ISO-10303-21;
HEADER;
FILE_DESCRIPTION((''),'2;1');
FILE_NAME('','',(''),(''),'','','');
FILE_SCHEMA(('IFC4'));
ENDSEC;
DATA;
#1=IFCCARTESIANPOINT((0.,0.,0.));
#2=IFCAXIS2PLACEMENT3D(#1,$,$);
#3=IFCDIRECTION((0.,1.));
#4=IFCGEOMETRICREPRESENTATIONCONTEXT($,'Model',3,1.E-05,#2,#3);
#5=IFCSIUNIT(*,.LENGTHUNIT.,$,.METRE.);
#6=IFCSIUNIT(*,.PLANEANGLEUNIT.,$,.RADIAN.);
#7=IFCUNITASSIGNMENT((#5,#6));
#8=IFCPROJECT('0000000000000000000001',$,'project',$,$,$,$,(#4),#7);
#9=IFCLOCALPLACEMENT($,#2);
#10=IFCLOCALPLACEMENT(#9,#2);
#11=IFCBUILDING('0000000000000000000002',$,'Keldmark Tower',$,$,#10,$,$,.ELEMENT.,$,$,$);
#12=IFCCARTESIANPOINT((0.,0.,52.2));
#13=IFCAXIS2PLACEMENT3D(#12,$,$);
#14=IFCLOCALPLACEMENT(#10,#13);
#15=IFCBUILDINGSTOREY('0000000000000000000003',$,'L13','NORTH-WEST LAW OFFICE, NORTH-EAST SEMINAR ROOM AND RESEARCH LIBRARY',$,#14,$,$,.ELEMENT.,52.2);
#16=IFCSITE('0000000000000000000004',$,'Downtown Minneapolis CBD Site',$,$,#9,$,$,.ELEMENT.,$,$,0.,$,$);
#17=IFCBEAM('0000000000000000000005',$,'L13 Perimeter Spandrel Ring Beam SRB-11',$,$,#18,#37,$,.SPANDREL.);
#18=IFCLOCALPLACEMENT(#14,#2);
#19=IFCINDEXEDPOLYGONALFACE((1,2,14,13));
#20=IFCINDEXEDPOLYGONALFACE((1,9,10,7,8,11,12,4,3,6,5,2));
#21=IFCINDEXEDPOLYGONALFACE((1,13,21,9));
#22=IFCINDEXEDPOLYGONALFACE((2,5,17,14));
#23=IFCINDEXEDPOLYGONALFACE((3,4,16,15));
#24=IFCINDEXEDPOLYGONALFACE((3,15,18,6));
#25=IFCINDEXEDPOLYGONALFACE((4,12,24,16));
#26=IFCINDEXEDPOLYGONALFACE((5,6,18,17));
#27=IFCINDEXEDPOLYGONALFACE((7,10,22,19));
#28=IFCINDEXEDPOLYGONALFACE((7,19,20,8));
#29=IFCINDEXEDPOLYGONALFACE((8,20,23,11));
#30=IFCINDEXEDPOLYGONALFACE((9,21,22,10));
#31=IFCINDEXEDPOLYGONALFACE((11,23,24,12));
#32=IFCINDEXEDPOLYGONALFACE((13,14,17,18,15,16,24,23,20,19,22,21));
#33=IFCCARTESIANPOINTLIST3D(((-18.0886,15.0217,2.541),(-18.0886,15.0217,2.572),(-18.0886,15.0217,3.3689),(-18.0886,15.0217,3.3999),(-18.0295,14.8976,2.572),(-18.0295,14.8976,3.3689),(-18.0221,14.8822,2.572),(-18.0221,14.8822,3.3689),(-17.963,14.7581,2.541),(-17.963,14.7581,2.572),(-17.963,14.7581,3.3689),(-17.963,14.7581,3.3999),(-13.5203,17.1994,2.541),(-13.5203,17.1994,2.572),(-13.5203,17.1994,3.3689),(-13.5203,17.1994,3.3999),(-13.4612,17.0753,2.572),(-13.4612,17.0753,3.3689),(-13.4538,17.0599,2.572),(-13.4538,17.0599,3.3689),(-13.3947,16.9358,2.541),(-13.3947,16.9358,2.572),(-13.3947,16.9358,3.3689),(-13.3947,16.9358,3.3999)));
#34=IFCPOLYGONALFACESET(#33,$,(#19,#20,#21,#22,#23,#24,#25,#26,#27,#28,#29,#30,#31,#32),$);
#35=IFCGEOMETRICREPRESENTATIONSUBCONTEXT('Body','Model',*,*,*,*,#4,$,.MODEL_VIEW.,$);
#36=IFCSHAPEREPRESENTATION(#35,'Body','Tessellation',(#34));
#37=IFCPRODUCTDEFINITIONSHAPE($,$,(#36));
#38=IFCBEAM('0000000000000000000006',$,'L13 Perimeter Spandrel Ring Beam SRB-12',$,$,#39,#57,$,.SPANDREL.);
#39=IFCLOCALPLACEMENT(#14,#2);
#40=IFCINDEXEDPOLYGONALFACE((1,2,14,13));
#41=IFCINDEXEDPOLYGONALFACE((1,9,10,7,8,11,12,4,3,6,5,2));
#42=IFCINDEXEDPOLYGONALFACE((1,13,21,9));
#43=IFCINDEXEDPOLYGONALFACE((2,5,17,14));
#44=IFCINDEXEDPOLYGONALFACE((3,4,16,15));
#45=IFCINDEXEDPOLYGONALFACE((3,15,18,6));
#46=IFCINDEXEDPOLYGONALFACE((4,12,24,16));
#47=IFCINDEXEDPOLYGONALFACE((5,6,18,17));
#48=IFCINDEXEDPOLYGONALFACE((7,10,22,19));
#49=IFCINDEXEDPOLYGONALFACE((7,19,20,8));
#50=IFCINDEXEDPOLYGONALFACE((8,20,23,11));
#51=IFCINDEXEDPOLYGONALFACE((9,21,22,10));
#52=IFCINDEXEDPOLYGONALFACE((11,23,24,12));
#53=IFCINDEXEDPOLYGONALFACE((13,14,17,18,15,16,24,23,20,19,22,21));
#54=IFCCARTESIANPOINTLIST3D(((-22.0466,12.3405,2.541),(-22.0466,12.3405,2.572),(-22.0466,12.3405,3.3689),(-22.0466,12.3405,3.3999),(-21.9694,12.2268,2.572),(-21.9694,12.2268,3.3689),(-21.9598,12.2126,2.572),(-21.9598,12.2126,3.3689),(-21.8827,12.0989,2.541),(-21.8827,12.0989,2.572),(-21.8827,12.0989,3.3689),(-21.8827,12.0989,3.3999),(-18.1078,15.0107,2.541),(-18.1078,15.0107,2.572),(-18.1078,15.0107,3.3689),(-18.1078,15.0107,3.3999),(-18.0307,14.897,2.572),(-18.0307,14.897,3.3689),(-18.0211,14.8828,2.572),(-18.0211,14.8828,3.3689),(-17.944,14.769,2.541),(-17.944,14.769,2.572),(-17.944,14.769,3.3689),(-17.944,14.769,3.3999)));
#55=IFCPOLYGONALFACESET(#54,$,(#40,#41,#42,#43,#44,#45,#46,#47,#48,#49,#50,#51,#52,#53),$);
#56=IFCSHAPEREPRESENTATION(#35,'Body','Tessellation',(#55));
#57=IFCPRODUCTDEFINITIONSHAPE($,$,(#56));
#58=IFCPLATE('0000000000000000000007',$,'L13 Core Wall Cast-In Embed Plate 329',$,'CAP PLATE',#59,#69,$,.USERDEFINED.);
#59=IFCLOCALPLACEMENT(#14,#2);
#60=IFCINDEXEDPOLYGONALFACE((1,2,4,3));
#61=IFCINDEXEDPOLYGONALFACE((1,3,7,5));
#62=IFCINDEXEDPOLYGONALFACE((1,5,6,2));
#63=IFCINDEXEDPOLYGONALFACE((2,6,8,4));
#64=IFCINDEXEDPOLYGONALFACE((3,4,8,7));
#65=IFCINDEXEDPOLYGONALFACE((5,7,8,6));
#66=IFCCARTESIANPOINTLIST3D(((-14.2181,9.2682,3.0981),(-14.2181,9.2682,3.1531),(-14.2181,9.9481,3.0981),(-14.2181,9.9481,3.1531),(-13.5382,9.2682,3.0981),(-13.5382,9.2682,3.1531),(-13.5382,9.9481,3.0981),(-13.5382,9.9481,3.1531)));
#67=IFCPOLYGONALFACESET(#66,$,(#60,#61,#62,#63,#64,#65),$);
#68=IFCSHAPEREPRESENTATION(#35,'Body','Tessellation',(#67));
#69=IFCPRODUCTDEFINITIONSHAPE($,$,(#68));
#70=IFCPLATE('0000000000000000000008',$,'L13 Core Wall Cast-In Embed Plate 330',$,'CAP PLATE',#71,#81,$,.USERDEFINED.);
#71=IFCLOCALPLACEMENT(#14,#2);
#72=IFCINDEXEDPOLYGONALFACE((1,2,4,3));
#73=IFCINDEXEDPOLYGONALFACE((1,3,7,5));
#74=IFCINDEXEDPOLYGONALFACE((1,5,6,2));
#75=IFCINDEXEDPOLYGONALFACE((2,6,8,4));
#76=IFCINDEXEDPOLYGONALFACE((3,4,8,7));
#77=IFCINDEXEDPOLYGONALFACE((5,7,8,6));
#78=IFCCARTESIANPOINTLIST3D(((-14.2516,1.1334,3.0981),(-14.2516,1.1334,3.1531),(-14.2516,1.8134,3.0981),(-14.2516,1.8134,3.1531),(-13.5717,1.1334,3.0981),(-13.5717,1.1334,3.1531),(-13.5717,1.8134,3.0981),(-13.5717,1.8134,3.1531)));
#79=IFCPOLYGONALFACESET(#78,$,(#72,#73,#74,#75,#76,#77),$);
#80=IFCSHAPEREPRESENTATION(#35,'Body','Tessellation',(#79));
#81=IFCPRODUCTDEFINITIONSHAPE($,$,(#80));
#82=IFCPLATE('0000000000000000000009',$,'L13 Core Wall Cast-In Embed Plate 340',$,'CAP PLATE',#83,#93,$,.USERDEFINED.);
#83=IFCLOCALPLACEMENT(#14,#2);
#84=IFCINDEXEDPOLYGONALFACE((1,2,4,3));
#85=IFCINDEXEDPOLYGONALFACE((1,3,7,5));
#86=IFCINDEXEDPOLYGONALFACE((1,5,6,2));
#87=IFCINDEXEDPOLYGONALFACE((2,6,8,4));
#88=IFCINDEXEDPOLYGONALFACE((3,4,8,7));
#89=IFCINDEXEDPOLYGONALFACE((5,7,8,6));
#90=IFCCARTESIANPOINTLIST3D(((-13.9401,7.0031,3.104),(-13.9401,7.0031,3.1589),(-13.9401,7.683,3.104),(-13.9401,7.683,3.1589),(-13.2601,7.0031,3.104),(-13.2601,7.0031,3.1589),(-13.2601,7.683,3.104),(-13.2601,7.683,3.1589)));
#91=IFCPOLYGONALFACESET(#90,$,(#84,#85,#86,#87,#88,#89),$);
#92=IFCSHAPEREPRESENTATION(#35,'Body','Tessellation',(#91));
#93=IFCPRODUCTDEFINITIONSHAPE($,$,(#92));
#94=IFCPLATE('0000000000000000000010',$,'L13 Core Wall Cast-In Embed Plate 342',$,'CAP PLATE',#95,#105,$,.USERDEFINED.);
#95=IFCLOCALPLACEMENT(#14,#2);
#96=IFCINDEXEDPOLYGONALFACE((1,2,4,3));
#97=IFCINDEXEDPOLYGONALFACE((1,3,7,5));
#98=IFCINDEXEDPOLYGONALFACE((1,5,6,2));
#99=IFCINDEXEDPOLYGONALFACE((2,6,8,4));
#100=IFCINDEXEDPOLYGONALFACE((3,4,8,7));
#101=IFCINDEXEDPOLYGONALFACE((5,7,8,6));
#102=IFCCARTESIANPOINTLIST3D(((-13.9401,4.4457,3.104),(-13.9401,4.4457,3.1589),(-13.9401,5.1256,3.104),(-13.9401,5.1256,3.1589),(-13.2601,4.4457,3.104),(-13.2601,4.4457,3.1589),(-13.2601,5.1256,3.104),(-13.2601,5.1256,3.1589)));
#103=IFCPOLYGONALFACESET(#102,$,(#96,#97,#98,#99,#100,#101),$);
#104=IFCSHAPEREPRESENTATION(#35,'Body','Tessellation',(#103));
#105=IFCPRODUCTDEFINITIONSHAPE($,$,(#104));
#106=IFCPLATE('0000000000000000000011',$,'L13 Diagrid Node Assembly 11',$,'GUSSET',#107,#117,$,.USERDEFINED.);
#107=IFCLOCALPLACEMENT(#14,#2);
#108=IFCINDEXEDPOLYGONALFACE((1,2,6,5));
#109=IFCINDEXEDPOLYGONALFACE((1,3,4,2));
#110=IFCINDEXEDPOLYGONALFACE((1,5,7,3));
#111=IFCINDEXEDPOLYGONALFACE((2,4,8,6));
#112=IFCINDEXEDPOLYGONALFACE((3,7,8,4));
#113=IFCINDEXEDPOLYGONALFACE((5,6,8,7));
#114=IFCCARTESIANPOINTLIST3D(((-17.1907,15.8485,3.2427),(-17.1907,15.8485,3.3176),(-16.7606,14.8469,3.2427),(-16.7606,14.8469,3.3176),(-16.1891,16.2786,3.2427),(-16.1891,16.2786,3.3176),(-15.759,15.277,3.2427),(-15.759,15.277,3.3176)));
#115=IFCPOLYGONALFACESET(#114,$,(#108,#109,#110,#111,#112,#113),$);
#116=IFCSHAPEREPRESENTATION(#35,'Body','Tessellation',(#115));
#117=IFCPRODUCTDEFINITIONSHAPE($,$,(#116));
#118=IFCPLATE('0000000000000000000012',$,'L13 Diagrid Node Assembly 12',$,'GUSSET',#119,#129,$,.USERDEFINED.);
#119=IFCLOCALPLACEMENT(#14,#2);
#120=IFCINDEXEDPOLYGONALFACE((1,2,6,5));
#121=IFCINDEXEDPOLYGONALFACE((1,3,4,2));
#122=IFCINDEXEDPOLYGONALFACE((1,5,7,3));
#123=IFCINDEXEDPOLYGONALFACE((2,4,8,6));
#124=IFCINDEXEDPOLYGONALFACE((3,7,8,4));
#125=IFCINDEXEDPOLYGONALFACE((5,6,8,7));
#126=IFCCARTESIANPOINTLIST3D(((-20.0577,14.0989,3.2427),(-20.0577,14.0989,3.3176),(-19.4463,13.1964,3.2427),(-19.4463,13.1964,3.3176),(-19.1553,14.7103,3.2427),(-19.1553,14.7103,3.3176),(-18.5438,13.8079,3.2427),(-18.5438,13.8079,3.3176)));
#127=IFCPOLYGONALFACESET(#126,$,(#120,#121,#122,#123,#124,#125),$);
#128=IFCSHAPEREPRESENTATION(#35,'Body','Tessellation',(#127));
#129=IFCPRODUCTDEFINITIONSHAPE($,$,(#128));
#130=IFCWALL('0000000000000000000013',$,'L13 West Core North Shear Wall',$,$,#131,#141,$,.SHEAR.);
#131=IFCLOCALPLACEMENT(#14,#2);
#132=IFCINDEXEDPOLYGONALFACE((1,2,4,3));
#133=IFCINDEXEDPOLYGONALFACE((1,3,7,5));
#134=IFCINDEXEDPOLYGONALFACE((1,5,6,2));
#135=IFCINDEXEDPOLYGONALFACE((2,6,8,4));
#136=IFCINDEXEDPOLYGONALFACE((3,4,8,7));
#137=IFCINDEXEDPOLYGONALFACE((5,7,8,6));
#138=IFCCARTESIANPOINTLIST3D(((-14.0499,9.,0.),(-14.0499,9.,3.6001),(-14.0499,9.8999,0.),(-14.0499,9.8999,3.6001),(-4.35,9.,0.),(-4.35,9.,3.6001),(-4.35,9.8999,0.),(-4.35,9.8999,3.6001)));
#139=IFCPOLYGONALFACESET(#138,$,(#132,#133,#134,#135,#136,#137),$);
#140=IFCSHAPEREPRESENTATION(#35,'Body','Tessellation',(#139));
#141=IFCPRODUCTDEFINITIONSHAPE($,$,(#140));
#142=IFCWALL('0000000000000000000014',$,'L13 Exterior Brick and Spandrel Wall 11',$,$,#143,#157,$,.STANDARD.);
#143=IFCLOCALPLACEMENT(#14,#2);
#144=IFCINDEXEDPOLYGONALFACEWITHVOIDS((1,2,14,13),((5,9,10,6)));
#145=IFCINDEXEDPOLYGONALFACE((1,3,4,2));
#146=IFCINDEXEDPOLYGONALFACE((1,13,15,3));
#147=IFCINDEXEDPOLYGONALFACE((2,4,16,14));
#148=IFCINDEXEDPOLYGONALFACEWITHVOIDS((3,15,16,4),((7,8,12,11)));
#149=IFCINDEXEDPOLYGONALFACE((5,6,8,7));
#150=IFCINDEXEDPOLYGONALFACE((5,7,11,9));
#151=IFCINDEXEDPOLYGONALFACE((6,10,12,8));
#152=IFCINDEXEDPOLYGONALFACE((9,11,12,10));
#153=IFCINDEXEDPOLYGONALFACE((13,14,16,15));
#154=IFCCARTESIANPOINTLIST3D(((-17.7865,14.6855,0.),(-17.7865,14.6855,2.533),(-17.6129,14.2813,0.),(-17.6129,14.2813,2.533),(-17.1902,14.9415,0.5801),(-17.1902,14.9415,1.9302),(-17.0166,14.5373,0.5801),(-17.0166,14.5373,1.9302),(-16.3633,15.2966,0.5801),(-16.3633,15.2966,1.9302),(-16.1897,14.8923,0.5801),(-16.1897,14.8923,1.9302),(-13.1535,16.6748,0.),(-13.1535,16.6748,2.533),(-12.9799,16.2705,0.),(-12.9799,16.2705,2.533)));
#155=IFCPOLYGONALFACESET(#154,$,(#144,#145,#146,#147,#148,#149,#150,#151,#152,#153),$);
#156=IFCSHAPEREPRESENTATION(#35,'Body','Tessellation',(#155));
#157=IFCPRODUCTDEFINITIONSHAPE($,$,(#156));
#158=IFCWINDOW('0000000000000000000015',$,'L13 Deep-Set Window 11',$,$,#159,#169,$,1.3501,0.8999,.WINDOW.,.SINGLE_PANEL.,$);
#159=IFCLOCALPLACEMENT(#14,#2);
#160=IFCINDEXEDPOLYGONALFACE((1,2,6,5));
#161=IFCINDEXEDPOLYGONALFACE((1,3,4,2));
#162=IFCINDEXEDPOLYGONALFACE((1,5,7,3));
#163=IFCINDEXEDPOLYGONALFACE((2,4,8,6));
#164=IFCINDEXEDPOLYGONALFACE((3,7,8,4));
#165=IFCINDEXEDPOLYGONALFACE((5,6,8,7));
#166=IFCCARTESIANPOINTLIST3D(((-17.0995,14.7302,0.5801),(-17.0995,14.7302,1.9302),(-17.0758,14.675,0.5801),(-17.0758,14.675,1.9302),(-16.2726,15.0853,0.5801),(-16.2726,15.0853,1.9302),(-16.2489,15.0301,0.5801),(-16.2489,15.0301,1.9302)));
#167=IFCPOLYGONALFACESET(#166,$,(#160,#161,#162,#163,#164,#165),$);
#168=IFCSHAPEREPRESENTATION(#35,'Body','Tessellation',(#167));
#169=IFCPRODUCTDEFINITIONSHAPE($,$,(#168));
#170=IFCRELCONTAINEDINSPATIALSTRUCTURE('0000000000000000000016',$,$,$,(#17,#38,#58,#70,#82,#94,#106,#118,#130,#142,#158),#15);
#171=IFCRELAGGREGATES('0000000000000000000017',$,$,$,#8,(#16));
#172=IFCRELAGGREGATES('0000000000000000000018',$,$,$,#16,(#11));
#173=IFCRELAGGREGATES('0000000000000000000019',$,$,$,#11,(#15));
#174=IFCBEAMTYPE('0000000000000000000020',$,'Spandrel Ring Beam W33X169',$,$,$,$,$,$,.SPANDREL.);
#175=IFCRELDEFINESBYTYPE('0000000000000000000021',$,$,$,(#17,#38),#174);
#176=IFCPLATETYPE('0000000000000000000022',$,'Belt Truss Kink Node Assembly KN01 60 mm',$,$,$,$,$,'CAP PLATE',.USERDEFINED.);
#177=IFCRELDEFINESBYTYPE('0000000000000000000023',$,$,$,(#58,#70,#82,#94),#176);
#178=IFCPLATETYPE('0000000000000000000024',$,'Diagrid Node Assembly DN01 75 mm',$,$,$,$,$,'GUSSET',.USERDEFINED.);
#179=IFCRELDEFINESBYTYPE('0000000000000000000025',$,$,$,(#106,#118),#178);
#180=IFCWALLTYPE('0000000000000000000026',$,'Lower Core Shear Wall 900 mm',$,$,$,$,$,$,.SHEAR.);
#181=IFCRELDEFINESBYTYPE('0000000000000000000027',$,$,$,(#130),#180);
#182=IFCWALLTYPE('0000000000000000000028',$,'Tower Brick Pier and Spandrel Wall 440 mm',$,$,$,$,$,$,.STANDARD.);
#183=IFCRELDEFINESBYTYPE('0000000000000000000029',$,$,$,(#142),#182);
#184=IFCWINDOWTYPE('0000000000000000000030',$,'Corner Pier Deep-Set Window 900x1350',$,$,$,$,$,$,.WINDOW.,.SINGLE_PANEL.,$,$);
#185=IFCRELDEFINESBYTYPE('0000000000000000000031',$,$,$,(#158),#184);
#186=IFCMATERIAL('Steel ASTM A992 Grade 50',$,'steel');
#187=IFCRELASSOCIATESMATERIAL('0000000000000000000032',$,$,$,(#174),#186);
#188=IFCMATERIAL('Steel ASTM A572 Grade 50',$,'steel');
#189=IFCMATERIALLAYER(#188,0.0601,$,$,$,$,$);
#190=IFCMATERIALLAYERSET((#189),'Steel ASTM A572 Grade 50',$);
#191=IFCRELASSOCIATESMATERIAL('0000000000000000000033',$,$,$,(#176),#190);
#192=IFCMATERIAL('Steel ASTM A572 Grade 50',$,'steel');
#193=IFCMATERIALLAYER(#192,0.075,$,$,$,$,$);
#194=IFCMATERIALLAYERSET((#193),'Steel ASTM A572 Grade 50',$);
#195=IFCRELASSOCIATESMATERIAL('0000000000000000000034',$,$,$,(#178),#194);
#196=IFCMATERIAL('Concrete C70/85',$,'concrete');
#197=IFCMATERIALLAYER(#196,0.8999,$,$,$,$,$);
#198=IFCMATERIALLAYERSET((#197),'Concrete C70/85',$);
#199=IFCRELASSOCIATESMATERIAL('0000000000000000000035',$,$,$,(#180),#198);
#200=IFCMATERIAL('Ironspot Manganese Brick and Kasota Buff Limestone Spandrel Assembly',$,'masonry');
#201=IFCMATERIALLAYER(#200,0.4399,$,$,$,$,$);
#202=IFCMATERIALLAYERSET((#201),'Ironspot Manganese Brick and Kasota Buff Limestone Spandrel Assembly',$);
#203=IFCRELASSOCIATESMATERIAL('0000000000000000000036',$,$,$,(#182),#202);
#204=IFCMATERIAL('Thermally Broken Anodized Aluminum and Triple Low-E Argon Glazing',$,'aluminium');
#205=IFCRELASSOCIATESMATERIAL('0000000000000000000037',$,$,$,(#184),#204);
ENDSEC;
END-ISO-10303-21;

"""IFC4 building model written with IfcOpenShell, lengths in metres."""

from ifc_helpers import new_model, si_unit, direction, frame, frame_2d, origin, origin_2d, place, context, subcontext, project, spatial, rectangle, i_section, extrude, material, layer, layer_set, material_profile, profile_set, type_object, element, fill, save


model = new_model("IFC4")

# Units and contexts
model_context = context("Model", 3, precision=1e-05, world=origin(), true_north=direction((0.0, 1.0)))
body_context = subcontext(model_context, "Body", "Model", "MODEL_VIEW")
ifc_project = project(units=[si_unit("LENGTHUNIT", "METRE"), si_unit("PLANEANGLEUNIT", "RADIAN")], contexts=[model_context])

# Site, building, storey
site_placement = place(None, origin())
site = spatial("IfcSite", under=ifc_project, at=site_placement, Name="Downtown Minneapolis CBD Site", CompositionType="ELEMENT", RefElevation=0.0)
building_placement = place(site_placement, origin())
building = spatial("IfcBuilding", under=site, at=building_placement, Name="Keldmark Tower", CompositionType="ELEMENT")
storey_placement = place(building_placement, frame((0.0, 0.0, 52.2)))
storey = spatial("IfcBuildingStorey", under=building, at=storey_placement, Name="L13", Description="NORTH-WEST LAW OFFICE, NORTH-EAST SEMINAR ROOM AND RESEARCH LIBRARY", CompositionType="ELEMENT", Elevation=52.2)

# Beams
ifc_material_1 = material(Name="Steel ASTM A992 Grade 50", Category="steel")
ifc_material_profile_1 = material_profile(ifc_material_1, i_section(OverallWidth=0.292, OverallDepth=0.8589, WebThickness=0.0171, FlangeThickness=0.031, at=origin_2d()), Name="W33X169")
ifc_profile_set_1 = profile_set([ifc_material_profile_1], Name="Steel ASTM A992 Grade 50")
beam_type_1 = type_object("IfcBeamType", Name="Spandrel Ring Beam W33X169", PredefinedType="SPANDREL", material=ifc_profile_set_1)
beam_1_placement = place(storey_placement, frame((-13.4575, 17.0676, 2.9705), z_axis=(-0.902682, -0.430308, 0.0), x_axis=(0.430308, -0.902682, 0.0)))
element("IfcBeam", 1, at=beam_1_placement, inside=storey, type_object=beam_type_1, Name="L13 Perimeter Spandrel Ring Beam SRB-11", PredefinedType="SPANDREL", context=body_context, shape_type="SweptSolid", body=[
    extrude(i_section(OverallWidth=0.292, OverallDepth=0.8589, WebThickness=0.0171, FlangeThickness=0.031, at=origin_2d()), origin(), (0.0, 0.0, 1.0), 5.0608),
])
beam_2_placement = place(storey_placement, frame((-18.0259, 14.8899, 2.9705), z_axis=(-0.827723, -0.561136, 0.0), x_axis=(0.561136, -0.827723, 0.0)))
element("IfcBeam", 2, at=beam_2_placement, inside=storey, type_object=beam_type_1, Name="L13 Perimeter Spandrel Ring Beam SRB-12", PredefinedType="SPANDREL", context=body_context, shape_type="SweptSolid", body=[
    extrude(i_section(OverallWidth=0.292, OverallDepth=0.8589, WebThickness=0.0171, FlangeThickness=0.031, at=origin_2d()), origin(), (0.0, 0.0, 1.0), 4.7585),
])

# Plates
ifc_material_2 = material(Name="Steel ASTM A572 Grade 50", Category="steel")
ifc_layer_1 = layer(ifc_material_2, 0.0601)
ifc_layer_set_1 = layer_set([ifc_layer_1], Name="Steel ASTM A572 Grade 50")
plate_type_1 = type_object("IfcPlateType", Name="Belt Truss Kink Node Assembly KN01 60 mm", ElementType="CAP PLATE", PredefinedType="USERDEFINED", material=ifc_layer_set_1)
for number, where, z_axis, x_axis, name in (
    (3, (-13.8782, 9.6082, 3.0981), (0.0, 0.0, 1.0), (1.0, 0.0, 0.0), "L13 Core Wall Cast-In Embed Plate 329"),
    (4, (-13.9116, 1.4734, 3.0981), (0.0, 0.0, 1.0), (1.0, 0.0, 0.0), "L13 Core Wall Cast-In Embed Plate 330"),
    (5, (-13.6001, 7.343, 3.104), (0.0, 0.0, 1.0), (1.0, 0.0, 0.0), "L13 Core Wall Cast-In Embed Plate 340"),
    (6, (-13.6001, 4.7856, 3.104), (0.0, 0.0, 1.0), (1.0, 0.0, 0.0), "L13 Core Wall Cast-In Embed Plate 342"),
):
    element("IfcPlate", number, at=place(storey_placement, frame(where, z_axis=z_axis, x_axis=x_axis)), inside=storey, type_object=plate_type_1, Name=name, ObjectType="CAP PLATE", PredefinedType="USERDEFINED", context=body_context, shape_type="SweptSolid", body=[
        extrude(rectangle(XDim=0.6799, YDim=0.6799, at=origin_2d()), origin(), (0.0, 0.0, 1.0), 0.0549),
    ])
ifc_material_3 = material(Name="Steel ASTM A572 Grade 50", Category="steel")
ifc_layer_2 = layer(ifc_material_3, 0.075)
ifc_layer_set_2 = layer_set([ifc_layer_2], Name="Steel ASTM A572 Grade 50")
plate_type_2 = type_object("IfcPlateType", Name="Diagrid Node Assembly DN01 75 mm", ElementType="GUSSET", PredefinedType="USERDEFINED", material=ifc_layer_set_2)
for number, where, z_axis, x_axis, name in (
    (7, (-16.4749, 15.5627, 3.2427), (0.0, 0.0, 1.0), (-0.91886, -0.394583, 0.0), "L13 Diagrid Node Assembly 11"),
    (8, (-19.3008, 13.9534, 3.2427), (0.0, 0.0, 1.0), (-0.827865, -0.560928, 0.0), "L13 Diagrid Node Assembly 12"),
):
    element("IfcPlate", number, at=place(storey_placement, frame(where, z_axis=z_axis, x_axis=x_axis)), inside=storey, type_object=plate_type_2, Name=name, ObjectType="GUSSET", PredefinedType="USERDEFINED", context=body_context, shape_type="SweptSolid", body=[
        extrude(rectangle(XDim=1.0901, YDim=1.0901, at=origin_2d()), origin(), (0.0, 0.0, 1.0), 0.075),
    ])

# Wall
ifc_material_4 = material(Name="Concrete C70/85", Category="concrete")
ifc_layer_3 = layer(ifc_material_4, 0.8999)
ifc_layer_set_3 = layer_set([ifc_layer_3], Name="Concrete C70/85")
wall_type_1 = type_object("IfcWallType", Name="Lower Core Shear Wall 900 mm", PredefinedType="SHEAR", material=ifc_layer_set_3)
wall_1_placement = place(storey_placement, frame((-14.05, 9.45, 0.0), z_axis=(0.0, 0.0, 1.0), x_axis=(1.0, 0.0, 0.0)))
element("IfcWall", 9, at=wall_1_placement, inside=storey, type_object=wall_type_1, Name="L13 West Core North Shear Wall", PredefinedType="SHEAR", context=body_context, shape_type="SweptSolid", body=[
    extrude(rectangle(XDim=9.7, YDim=0.8999, at=frame_2d((4.8501, 0.0))), origin(), (0.0, 0.0, 1.0), 3.6001),
])

# Wall, opening, window
ifc_material_5 = material(Name="Ironspot Manganese Brick and Kasota Buff Limestone Spandrel Assembly", Category="masonry")
ifc_layer_4 = layer(ifc_material_5, 0.4399)
ifc_layer_set_4 = layer_set([ifc_layer_4], Name="Ironspot Manganese Brick and Kasota Buff Limestone Spandrel Assembly")
wall_type_2 = type_object("IfcWallType", Name="Tower Brick Pier and Spandrel Wall 440 mm", PredefinedType="STANDARD", material=ifc_layer_set_4)
wall_2_placement = place(storey_placement, frame((-17.6997, 14.4834, 0.0), z_axis=(0.0, 0.0, 1.0), x_axis=(0.918882, 0.394533, 0.0)))
wall_2 = element("IfcWall", 10, at=wall_2_placement, inside=storey, type_object=wall_type_2, Name="L13 Exterior Brick and Spandrel Wall 11", PredefinedType="STANDARD", context=body_context, shape_type="SweptSolid", body=[
    extrude(rectangle(XDim=5.042, YDim=0.4399, at=frame_2d((2.521, 0.0))), origin(), (0.0, 0.0, 1.0), 2.533),
])
opening_1_placement = place(wall_2_placement, frame((0.6489, 0.0, 0.5801)))
opening_1 = element("IfcOpeningElement", 11, at=opening_1_placement, cuts=wall_2, PredefinedType="OPENING", context=body_context, shape_type="SweptSolid", body=[
    extrude(rectangle(XDim=0.8999, YDim=1.3501, at=frame_2d((0.45, 0.675))), frame((0.0, 0.23, 0.0), z_axis=(0.0, -1.0, 0.0), x_axis=(1.0, 0.0, 0.0)), (0.0, 0.0, 1.0), 0.46),
])
ifc_material_6 = material(Name="Thermally Broken Anodized Aluminum and Triple Low-E Argon Glazing", Category="aluminium")
window_type = type_object("IfcWindowType", Name="Corner Pier Deep-Set Window 900x1350", PartitioningType="SINGLE_PANEL", PredefinedType="WINDOW", material=ifc_material_6)
window_1_placement = place(opening_1_placement, origin())
window_1 = element("IfcWindow", 12, at=window_1_placement, inside=storey, type_object=window_type, Name="L13 Deep-Set Window 11", OverallHeight=1.3501, OverallWidth=0.8999, PartitioningType="SINGLE_PANEL", PredefinedType="WINDOW", context=body_context, shape_type="SweptSolid", body=[
    extrude(rectangle(XDim=0.8999, YDim=1.3501, at=frame_2d((0.45, 0.675))), frame((0.0, -0.01, 0.0), z_axis=(0.0, -1.0, 0.0), x_axis=(1.0, 0.0, 0.0)), (0.0, 0.0, 1.0), 0.0601),
])
fill(opening_1, window_1)

save(model, "model.ifc")
